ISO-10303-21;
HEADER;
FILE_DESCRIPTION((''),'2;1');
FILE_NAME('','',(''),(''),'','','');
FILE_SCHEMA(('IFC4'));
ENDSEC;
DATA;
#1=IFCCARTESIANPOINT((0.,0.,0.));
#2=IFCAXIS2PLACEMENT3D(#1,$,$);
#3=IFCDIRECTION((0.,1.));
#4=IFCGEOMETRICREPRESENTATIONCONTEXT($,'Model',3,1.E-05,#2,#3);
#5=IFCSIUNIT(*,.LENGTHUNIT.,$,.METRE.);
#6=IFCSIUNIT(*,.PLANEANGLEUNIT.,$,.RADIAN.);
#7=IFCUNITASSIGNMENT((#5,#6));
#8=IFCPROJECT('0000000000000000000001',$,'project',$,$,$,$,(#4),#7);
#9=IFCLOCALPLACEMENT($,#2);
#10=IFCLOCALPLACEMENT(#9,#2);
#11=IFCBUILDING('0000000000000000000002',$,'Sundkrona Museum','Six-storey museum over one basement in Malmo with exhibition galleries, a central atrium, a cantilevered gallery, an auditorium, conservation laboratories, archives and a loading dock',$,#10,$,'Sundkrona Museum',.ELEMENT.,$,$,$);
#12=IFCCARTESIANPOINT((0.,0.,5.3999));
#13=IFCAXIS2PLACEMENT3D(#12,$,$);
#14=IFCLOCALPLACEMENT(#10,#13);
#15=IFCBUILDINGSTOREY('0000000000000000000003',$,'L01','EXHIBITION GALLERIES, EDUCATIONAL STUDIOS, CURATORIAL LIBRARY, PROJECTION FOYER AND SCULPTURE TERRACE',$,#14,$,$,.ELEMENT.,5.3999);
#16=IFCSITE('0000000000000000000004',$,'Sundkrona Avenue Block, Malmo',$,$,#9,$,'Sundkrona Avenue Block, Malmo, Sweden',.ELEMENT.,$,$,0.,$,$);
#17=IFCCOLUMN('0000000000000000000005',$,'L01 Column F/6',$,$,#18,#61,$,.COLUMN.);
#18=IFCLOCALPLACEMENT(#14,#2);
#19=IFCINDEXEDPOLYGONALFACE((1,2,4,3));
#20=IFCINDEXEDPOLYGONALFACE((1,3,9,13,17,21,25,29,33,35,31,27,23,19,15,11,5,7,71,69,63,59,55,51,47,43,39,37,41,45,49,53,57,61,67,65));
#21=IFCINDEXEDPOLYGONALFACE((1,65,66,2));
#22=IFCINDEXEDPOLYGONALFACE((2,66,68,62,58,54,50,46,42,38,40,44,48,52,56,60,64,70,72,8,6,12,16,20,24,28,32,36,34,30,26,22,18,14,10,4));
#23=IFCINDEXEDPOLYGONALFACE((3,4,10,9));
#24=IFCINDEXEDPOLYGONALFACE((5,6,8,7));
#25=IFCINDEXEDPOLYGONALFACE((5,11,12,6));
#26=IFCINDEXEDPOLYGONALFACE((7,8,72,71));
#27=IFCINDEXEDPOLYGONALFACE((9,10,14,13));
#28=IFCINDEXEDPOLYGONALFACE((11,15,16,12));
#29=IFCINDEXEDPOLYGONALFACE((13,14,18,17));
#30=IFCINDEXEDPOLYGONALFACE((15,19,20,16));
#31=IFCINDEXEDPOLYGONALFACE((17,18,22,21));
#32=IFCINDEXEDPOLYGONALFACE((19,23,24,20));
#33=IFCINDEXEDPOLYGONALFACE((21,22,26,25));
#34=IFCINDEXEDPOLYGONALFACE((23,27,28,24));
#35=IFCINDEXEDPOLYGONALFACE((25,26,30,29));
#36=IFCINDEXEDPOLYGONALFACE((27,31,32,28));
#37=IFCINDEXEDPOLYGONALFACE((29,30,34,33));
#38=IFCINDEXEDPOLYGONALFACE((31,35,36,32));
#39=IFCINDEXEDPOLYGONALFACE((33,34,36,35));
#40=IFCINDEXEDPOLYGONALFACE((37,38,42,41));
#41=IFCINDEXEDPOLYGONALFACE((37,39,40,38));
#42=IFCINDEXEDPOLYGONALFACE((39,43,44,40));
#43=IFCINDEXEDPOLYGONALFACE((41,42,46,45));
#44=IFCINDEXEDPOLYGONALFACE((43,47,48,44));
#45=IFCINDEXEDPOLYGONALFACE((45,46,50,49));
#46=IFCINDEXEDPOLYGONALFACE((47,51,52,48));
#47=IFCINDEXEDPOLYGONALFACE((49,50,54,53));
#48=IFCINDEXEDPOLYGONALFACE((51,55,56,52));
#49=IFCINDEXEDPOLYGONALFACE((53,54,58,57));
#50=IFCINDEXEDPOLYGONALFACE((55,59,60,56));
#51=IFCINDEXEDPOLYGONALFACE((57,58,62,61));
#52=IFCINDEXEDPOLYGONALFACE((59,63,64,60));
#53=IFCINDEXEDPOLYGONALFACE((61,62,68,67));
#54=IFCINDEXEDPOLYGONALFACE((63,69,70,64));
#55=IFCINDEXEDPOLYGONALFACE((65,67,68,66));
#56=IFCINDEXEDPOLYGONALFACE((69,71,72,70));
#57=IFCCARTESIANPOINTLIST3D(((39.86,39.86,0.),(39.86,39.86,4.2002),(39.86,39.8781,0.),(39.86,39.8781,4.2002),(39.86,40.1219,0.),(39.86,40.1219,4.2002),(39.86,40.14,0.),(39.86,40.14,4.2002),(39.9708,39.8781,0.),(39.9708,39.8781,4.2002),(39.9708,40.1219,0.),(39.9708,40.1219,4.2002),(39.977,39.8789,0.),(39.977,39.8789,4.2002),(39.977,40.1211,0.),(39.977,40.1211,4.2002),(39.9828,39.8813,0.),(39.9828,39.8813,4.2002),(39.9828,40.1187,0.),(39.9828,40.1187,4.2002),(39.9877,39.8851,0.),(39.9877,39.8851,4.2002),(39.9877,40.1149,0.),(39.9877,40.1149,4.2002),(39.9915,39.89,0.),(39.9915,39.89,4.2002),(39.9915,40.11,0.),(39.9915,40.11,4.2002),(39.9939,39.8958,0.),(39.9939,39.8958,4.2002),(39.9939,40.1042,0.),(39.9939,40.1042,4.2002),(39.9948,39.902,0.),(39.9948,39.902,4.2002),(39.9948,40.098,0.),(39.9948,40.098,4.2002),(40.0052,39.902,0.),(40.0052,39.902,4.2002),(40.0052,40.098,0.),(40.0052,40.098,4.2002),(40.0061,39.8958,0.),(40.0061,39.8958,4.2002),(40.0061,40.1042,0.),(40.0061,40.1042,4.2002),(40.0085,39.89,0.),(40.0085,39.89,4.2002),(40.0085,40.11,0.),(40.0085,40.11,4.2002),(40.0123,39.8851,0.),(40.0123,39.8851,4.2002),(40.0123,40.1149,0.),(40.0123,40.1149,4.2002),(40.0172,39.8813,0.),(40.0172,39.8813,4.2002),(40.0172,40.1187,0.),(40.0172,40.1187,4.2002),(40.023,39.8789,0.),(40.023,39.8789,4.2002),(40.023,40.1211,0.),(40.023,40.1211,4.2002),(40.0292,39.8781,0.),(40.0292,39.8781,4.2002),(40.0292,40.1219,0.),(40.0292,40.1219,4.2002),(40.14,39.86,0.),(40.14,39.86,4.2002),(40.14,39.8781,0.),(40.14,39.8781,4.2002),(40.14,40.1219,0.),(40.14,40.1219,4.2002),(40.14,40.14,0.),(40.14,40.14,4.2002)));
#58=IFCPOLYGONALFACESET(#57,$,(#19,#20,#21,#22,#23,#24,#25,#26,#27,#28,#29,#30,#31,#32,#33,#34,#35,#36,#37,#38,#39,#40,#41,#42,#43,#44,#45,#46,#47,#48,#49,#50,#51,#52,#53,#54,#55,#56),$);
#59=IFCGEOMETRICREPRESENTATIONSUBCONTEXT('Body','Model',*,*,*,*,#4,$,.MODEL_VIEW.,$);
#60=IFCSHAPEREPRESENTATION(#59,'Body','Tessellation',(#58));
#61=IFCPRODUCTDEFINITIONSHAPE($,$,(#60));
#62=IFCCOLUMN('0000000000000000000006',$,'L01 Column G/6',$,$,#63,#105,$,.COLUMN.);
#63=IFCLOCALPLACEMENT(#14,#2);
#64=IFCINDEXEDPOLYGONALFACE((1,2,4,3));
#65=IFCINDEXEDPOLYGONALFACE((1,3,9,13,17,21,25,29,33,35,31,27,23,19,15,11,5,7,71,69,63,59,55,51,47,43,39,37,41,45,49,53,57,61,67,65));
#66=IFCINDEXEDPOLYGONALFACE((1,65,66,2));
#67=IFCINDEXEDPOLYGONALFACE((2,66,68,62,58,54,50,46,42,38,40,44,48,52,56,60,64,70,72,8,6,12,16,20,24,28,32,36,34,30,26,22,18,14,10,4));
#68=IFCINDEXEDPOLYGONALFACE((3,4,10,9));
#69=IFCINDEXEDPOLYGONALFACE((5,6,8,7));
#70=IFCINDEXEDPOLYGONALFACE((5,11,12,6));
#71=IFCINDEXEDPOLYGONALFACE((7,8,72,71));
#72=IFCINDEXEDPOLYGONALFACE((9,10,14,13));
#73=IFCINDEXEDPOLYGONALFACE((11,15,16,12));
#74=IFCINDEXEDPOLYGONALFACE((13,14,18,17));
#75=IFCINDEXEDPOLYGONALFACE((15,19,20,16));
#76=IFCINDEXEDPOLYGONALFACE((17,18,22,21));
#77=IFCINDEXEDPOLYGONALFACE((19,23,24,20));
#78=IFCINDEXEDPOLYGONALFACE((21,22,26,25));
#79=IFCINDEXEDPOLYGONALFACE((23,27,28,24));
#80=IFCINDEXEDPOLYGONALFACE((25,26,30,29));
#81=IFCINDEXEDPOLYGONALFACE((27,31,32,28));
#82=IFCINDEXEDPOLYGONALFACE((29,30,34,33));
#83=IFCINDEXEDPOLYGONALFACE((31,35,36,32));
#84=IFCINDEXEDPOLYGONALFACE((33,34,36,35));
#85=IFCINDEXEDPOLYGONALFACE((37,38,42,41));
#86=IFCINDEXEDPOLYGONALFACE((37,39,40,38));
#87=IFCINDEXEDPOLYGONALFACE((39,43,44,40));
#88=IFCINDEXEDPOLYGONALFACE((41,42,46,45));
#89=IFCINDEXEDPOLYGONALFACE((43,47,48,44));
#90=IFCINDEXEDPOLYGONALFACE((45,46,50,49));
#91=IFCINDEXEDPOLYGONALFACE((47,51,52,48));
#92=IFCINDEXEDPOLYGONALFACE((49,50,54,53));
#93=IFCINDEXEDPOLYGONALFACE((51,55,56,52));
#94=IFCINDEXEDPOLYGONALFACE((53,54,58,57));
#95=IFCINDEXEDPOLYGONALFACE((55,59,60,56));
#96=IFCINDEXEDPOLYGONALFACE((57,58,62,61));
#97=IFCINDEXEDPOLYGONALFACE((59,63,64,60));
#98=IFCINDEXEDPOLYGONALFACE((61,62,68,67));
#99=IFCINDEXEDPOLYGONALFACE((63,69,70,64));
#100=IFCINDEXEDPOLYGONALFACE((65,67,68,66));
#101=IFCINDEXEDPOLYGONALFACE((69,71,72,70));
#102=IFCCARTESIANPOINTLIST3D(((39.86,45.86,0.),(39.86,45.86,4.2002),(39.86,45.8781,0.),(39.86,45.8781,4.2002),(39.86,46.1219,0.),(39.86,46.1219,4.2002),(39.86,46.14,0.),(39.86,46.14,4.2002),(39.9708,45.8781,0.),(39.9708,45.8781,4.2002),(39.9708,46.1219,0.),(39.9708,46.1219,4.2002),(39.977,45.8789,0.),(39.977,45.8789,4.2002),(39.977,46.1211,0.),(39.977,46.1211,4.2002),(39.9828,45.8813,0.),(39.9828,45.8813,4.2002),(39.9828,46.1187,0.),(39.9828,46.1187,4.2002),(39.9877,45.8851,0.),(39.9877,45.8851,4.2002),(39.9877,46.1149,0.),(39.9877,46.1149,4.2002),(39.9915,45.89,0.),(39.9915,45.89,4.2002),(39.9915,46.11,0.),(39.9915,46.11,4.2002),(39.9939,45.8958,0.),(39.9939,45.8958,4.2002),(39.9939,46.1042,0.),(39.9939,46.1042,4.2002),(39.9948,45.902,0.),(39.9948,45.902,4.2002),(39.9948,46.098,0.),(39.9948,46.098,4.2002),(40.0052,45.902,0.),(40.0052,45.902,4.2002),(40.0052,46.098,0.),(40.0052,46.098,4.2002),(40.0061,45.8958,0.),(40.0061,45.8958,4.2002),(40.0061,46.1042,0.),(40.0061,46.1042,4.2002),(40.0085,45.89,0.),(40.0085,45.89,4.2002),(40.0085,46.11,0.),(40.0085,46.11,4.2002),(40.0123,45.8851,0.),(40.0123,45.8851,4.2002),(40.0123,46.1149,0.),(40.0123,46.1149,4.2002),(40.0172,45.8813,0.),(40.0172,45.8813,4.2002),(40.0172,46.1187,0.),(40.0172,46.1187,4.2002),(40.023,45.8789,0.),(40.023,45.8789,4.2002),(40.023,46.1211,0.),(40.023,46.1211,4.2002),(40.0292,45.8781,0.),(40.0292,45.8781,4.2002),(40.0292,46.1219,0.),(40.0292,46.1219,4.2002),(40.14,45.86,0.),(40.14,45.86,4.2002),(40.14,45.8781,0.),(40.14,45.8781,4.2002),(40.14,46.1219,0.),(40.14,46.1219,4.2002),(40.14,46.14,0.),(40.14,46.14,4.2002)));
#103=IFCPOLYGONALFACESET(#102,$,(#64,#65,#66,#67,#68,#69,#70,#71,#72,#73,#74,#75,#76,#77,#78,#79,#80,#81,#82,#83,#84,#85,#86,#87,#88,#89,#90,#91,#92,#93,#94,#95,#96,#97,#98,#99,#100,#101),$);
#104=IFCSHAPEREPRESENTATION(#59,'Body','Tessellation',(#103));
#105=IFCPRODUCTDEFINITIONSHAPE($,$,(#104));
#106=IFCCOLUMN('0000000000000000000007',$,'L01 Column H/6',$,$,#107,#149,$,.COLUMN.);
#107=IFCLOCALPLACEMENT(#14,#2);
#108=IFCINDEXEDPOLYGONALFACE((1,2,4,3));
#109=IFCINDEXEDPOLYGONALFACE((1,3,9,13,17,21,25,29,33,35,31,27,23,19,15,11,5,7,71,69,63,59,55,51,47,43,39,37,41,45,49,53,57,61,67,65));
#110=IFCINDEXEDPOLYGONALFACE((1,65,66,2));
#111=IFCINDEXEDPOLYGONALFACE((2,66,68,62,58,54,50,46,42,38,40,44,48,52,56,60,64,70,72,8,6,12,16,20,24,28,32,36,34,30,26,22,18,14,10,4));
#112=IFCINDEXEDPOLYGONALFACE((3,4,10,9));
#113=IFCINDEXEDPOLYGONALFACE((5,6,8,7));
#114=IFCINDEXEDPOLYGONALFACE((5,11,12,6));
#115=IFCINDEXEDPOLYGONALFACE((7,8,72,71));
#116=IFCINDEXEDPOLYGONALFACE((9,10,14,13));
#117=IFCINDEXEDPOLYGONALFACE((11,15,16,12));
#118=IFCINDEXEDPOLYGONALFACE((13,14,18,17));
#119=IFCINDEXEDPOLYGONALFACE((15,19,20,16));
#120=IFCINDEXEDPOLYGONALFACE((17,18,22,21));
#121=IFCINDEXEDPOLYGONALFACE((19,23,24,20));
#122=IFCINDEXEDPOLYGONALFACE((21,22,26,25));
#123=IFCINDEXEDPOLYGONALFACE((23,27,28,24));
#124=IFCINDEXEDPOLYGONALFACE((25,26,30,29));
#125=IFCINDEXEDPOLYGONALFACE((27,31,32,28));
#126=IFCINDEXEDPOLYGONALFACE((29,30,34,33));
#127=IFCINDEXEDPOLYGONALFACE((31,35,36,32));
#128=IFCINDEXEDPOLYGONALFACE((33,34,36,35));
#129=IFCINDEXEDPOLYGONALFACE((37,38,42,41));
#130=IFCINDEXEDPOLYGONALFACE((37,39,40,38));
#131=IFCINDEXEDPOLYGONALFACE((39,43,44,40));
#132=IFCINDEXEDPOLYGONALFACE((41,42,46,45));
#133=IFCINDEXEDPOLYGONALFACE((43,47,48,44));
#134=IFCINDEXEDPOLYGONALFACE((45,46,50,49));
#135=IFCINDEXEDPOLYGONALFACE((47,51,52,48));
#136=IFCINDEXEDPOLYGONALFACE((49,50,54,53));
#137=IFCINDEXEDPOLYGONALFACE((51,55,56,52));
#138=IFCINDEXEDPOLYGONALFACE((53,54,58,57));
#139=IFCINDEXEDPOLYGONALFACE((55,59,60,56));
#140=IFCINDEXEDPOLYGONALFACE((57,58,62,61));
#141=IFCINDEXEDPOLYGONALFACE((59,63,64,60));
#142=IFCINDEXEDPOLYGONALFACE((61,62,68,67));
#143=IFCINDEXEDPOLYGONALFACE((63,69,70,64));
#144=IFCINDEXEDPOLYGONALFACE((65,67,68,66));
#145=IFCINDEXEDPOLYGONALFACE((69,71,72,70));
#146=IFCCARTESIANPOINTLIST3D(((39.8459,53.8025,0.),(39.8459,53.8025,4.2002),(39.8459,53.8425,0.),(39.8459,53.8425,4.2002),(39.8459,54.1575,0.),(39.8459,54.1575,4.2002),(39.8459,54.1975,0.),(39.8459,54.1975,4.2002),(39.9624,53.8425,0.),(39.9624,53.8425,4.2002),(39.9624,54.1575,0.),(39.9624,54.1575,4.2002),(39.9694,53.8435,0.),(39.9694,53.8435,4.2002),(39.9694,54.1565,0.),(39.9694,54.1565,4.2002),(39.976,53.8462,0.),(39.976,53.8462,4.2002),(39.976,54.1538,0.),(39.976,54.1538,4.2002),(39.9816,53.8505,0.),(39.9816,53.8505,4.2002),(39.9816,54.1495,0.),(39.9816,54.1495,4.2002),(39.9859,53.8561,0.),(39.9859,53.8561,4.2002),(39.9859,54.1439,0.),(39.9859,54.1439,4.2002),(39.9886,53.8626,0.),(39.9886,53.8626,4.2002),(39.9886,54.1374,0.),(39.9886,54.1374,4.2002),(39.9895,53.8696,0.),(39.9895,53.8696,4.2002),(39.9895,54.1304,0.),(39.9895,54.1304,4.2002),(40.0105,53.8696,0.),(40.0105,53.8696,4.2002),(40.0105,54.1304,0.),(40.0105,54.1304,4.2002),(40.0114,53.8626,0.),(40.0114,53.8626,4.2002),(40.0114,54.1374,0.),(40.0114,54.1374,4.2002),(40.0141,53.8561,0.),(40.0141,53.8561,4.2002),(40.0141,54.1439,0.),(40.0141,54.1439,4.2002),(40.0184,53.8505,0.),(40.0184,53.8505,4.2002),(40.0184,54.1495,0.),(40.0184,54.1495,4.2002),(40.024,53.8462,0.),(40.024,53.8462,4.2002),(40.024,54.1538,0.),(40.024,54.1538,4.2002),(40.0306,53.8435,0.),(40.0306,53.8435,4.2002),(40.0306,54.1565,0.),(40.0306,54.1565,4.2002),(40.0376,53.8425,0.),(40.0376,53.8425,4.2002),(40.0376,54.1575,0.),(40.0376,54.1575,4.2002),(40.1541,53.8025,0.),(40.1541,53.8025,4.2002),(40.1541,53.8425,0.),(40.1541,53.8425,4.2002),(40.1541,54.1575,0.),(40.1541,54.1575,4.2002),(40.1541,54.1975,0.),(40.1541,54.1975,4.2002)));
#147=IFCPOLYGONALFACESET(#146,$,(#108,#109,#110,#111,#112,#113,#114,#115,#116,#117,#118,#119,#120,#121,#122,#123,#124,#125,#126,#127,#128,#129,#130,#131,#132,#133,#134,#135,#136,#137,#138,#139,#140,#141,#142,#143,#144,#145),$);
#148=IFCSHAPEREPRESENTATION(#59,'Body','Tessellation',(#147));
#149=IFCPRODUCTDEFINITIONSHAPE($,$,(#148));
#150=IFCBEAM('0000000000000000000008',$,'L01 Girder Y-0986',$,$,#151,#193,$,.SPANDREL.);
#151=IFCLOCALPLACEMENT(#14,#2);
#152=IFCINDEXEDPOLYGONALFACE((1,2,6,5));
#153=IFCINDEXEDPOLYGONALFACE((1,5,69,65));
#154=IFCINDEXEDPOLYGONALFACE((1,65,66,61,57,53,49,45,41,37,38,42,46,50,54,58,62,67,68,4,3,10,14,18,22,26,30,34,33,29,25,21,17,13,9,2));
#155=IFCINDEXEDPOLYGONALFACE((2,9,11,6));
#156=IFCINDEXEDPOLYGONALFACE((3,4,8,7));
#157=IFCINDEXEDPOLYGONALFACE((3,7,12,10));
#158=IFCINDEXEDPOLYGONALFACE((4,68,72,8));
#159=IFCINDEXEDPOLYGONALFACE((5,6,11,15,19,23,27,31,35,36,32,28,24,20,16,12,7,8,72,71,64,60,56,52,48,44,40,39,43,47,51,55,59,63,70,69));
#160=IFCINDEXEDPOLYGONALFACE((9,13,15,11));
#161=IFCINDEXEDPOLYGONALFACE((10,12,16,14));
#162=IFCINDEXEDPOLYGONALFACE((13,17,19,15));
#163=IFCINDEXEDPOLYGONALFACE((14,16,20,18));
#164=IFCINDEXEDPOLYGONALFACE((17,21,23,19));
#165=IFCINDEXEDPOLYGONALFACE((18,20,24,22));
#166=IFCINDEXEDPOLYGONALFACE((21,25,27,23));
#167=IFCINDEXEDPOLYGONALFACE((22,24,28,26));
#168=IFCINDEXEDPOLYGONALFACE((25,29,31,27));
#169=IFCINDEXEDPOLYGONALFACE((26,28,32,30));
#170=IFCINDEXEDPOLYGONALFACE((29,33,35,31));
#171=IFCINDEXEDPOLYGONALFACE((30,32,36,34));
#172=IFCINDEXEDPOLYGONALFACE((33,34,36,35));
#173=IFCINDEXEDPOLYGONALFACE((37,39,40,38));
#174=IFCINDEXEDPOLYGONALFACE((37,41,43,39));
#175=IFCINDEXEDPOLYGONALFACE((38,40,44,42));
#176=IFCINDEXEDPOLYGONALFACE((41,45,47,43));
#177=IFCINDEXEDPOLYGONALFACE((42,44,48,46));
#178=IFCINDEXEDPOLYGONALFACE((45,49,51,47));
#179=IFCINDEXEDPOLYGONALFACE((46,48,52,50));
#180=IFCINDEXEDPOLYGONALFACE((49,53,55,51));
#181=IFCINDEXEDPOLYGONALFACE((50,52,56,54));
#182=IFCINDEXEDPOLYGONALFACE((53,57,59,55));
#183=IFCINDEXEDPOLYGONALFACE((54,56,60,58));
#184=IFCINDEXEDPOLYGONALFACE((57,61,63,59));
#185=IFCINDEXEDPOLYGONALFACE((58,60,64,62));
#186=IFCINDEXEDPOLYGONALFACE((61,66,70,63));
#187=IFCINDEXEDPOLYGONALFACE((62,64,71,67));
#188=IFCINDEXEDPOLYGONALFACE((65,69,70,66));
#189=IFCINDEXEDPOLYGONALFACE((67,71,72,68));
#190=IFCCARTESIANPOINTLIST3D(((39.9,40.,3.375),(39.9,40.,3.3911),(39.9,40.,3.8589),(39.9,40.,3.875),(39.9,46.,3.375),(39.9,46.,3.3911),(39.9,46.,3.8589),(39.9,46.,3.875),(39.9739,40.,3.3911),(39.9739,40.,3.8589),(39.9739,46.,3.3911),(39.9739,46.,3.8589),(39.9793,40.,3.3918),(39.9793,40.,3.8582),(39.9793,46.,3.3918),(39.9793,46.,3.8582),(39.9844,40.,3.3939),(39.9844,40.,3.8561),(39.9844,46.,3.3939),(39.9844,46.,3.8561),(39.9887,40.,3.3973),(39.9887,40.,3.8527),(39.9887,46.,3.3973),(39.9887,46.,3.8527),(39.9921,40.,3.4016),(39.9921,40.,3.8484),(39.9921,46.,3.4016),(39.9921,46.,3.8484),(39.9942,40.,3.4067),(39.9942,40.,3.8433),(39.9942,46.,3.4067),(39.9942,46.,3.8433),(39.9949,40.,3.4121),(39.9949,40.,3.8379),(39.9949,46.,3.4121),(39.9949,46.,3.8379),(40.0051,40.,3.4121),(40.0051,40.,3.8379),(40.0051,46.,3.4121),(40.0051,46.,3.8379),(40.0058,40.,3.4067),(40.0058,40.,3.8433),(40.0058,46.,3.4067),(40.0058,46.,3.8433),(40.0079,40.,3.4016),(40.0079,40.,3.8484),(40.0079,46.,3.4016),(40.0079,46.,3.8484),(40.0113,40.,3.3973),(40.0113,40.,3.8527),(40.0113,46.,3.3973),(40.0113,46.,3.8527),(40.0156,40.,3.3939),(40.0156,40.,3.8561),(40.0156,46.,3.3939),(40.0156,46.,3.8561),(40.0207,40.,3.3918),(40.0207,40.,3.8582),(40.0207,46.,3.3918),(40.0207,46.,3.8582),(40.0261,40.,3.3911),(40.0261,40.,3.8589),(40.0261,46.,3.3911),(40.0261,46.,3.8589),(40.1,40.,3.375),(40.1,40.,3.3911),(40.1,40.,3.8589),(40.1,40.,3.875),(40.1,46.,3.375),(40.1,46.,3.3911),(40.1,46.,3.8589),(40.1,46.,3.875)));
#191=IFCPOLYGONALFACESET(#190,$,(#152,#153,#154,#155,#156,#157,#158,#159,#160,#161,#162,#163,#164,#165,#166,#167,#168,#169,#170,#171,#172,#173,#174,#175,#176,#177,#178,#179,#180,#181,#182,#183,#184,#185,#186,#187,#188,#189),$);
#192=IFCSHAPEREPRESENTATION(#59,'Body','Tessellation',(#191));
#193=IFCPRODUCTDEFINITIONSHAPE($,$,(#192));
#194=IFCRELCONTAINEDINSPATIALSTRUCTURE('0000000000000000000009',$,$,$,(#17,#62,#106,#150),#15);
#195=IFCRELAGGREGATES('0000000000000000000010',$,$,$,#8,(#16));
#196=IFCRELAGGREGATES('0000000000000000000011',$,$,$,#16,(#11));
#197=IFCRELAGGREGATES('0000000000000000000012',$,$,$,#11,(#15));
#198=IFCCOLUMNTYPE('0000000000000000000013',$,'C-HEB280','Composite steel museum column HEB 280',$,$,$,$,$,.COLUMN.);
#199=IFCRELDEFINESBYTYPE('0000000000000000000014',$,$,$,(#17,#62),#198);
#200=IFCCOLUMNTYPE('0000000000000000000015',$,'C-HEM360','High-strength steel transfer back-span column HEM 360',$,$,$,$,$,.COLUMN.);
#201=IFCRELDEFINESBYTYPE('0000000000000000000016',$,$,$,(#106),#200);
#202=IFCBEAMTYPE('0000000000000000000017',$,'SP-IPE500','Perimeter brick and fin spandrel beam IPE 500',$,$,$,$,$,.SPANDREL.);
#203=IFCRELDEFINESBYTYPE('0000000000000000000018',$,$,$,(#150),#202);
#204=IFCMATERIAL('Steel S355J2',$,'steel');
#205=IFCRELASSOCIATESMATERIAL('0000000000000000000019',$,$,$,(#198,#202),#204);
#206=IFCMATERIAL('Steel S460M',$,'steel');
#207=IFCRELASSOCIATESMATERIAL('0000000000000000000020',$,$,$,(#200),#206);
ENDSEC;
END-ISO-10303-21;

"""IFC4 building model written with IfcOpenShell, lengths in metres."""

from ifc_helpers import new_model, si_unit, direction, frame, origin, origin_2d, place, context, subcontext, project, spatial, i_section, extrude, material, material_profile, profile_set, type_object, element, save


model = new_model("IFC4")

# Units and contexts
model_context = context("Model", 3, precision=1e-05, world=origin(), true_north=direction((0.0, 1.0)))
body_context = subcontext(model_context, "Body", "Model", "MODEL_VIEW")
ifc_project = project(units=[si_unit("LENGTHUNIT", "METRE"), si_unit("PLANEANGLEUNIT", "RADIAN")], contexts=[model_context])

# Site, building, storey
site_placement = place(None, origin())
site = spatial("IfcSite", under=ifc_project, at=site_placement, Name="Sundkrona Avenue Block, Malmo", LongName="Sundkrona Avenue Block, Malmo, Sweden", CompositionType="ELEMENT", RefElevation=0.0)
building_placement = place(site_placement, origin())
building = spatial("IfcBuilding", under=site, at=building_placement, Name="Sundkrona Museum", Description="Six-storey museum over one basement in Malmo with exhibition galleries, a central atrium, a cantilevered gallery, an auditorium, conservation laboratories, archives and a loading dock", LongName="Sundkrona Museum", CompositionType="ELEMENT")
storey_placement = place(building_placement, frame((0.0, 0.0, 5.3999)))
storey = spatial("IfcBuildingStorey", under=building, at=storey_placement, Name="L01", Description="EXHIBITION GALLERIES, EDUCATIONAL STUDIOS, CURATORIAL LIBRARY, PROJECTION FOYER AND SCULPTURE TERRACE", CompositionType="ELEMENT", Elevation=5.3999)

# Columns
ifc_material_1 = material(Name="Steel S355J2", Category="steel")
ifc_material_profile_1 = material_profile(ifc_material_1, i_section(OverallWidth=0.28, OverallDepth=0.28, WebThickness=0.0105, FlangeThickness=0.0181, FilletRadius=0.0239, at=origin_2d()), Name="HEB 280")
ifc_profile_set_1 = profile_set([ifc_material_profile_1], Name="Steel S355J2")
column_type_1 = type_object("IfcColumnType", Name="C-HEB280", Description="Composite steel museum column HEB 280", PredefinedType="COLUMN", material=ifc_profile_set_1)
for number, where, z_axis, x_axis, name in (
    (1, (40.0, 40.0, 0.0), (0.0, 0.0, 1.0), (1.0, 0.0, 0.0), "L01 Column F/6"),
    (2, (40.0, 46.0, 0.0), (0.0, 0.0, 1.0), (1.0, 0.0, 0.0), "L01 Column G/6"),
):
    element("IfcColumn", number, at=place(storey_placement, frame(where, z_axis=z_axis, x_axis=x_axis)), inside=storey, type_object=column_type_1, Name=name, PredefinedType="COLUMN", context=body_context, shape_type="SweptSolid", body=[
        extrude(i_section(OverallWidth=0.28, OverallDepth=0.28, WebThickness=0.0105, FlangeThickness=0.0181, FilletRadius=0.0239, at=origin_2d()), origin(), (0.0, 0.0, 1.0), 4.2002),
    ])
ifc_material_2 = material(Name="Steel S460M", Category="steel")
ifc_material_profile_2 = material_profile(ifc_material_2, i_section(OverallWidth=0.3081, OverallDepth=0.395, WebThickness=0.021, FlangeThickness=0.04, FilletRadius=0.0271, at=origin_2d()), Name="HEM 360")
ifc_profile_set_2 = profile_set([ifc_material_profile_2], Name="Steel S460M")
column_type_2 = type_object("IfcColumnType", Name="C-HEM360", Description="High-strength steel transfer back-span column HEM 360", PredefinedType="COLUMN", material=ifc_profile_set_2)
column_placement = place(storey_placement, frame((40.0, 54.0, 0.0), z_axis=(0.0, 0.0, 1.0), x_axis=(1.0, 0.0, 0.0)))
element("IfcColumn", 3, at=column_placement, inside=storey, type_object=column_type_2, Name="L01 Column H/6", PredefinedType="COLUMN", context=body_context, shape_type="SweptSolid", body=[
    extrude(i_section(OverallWidth=0.3081, OverallDepth=0.395, WebThickness=0.021, FlangeThickness=0.04, FilletRadius=0.0271, at=origin_2d()), origin(), (0.0, 0.0, 1.0), 4.2002),
])

# Beam
ifc_material_profile_3 = material_profile(ifc_material_1, i_section(OverallWidth=0.2, OverallDepth=0.5, WebThickness=0.0103, FlangeThickness=0.0161, FilletRadius=0.021, at=origin_2d()), Name="IPE 500")
ifc_profile_set_3 = profile_set([ifc_material_profile_3], Name="Steel S355J2")
beam_type = type_object("IfcBeamType", Name="SP-IPE500", Description="Perimeter brick and fin spandrel beam IPE 500", PredefinedType="SPANDREL", material=ifc_profile_set_3)
beam_placement = place(storey_placement, frame((40.0, 40.0, 3.625), z_axis=(0.0, 1.0, 0.0), x_axis=(-1.0, 0.0, 0.0)))
element("IfcBeam", 4, at=beam_placement, inside=storey, type_object=beam_type, Name="L01 Girder Y-0986", PredefinedType="SPANDREL", context=body_context, shape_type="SweptSolid", body=[
    extrude(i_section(OverallWidth=0.2, OverallDepth=0.5, WebThickness=0.0103, FlangeThickness=0.0161, FilletRadius=0.021, at=origin_2d()), origin(), (0.0, 0.0, 1.0), 6.0),
])

save(model, "model.ifc")
